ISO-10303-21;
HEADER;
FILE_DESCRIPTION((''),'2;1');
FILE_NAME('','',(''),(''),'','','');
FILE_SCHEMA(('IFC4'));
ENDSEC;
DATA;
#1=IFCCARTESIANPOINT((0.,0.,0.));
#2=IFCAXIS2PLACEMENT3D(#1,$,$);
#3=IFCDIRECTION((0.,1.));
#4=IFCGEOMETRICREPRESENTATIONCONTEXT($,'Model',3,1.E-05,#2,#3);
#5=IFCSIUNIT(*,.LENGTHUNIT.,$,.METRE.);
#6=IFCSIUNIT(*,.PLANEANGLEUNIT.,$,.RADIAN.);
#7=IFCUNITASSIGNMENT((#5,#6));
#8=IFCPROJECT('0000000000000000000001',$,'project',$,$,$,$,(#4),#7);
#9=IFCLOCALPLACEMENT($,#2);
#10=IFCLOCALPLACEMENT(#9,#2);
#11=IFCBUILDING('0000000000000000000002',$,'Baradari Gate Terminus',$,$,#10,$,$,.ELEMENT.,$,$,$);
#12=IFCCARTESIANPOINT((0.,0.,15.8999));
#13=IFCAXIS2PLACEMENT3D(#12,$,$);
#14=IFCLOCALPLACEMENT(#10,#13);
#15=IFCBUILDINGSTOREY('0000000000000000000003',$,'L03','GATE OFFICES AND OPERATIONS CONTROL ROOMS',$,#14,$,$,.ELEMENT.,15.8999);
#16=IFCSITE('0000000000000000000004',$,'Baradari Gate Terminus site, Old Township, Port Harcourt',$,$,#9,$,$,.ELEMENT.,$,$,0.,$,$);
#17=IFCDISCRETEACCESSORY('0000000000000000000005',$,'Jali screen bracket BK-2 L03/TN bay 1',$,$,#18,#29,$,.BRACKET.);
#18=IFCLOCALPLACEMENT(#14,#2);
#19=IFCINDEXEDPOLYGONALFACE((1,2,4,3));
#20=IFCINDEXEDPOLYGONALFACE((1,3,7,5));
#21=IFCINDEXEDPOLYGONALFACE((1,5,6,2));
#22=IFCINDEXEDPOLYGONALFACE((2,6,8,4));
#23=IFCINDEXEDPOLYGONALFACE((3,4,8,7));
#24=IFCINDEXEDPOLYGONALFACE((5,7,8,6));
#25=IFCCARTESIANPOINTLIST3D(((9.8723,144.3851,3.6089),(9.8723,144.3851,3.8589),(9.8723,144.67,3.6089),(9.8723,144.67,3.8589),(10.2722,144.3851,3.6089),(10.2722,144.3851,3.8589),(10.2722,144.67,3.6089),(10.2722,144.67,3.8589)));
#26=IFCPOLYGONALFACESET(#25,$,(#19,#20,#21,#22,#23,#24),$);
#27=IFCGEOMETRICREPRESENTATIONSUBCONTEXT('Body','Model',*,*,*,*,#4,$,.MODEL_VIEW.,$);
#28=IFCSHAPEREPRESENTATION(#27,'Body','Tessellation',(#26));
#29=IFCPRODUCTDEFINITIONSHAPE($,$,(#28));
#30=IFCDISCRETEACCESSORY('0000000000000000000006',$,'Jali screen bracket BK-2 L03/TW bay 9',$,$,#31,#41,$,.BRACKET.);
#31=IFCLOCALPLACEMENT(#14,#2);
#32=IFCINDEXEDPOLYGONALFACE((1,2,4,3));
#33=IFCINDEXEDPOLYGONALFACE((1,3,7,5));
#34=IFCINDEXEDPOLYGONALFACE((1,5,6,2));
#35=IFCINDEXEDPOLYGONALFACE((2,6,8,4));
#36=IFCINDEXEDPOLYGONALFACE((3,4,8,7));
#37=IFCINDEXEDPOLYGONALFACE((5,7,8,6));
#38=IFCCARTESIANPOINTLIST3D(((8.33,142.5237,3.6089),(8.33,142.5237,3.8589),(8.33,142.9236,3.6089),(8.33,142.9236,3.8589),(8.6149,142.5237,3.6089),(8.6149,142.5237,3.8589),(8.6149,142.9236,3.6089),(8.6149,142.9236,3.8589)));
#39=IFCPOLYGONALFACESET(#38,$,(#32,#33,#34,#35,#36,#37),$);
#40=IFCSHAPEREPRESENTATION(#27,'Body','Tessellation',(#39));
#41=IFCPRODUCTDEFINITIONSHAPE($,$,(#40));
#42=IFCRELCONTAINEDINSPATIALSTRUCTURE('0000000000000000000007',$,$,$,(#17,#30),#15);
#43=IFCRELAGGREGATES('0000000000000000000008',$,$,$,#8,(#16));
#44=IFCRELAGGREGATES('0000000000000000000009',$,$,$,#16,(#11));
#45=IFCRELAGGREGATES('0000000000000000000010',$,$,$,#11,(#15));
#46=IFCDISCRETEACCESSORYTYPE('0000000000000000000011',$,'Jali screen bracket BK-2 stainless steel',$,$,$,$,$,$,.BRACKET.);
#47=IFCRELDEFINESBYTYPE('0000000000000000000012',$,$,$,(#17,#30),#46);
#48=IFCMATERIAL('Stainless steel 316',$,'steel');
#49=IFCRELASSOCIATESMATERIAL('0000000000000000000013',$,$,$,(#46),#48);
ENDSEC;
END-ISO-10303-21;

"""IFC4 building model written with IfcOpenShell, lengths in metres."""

from ifc_helpers import new_model, si_unit, direction, frame, origin, origin_2d, place, context, subcontext, project, spatial, rectangle, extrude, material, type_object, element, save


model = new_model("IFC4")

# Units and contexts
model_context = context("Model", 3, precision=1e-05, world=origin(), true_north=direction((0.0, 1.0)))
body_context = subcontext(model_context, "Body", "Model", "MODEL_VIEW")
ifc_project = project(units=[si_unit("LENGTHUNIT", "METRE"), si_unit("PLANEANGLEUNIT", "RADIAN")], contexts=[model_context])

# Site, building, storey
site_placement = place(None, origin())
site = spatial("IfcSite", under=ifc_project, at=site_placement, Name="Baradari Gate Terminus site, Old Township, Port Harcourt", CompositionType="ELEMENT", RefElevation=0.0)
building_placement = place(site_placement, origin())
building = spatial("IfcBuilding", under=site, at=building_placement, Name="Baradari Gate Terminus", CompositionType="ELEMENT")
storey_placement = place(building_placement, frame((0.0, 0.0, 15.8999)))
storey = spatial("IfcBuildingStorey", under=building, at=storey_placement, Name="L03", Description="GATE OFFICES AND OPERATIONS CONTROL ROOMS", CompositionType="ELEMENT", Elevation=15.8999)

# Discrete accessories
ifc_material_1 = material(Name="Stainless steel 316", Category="steel")
discrete_accessory_type_1 = type_object("IfcDiscreteAccessoryType", Name="Jali screen bracket BK-2 stainless steel", PredefinedType="BRACKET", material=ifc_material_1)
for number, where, z_axis, x_axis, name in (
    (1, (10.0723, 144.5276, 3.6089), (0.0, 0.0, 1.0), (0.0, 1.0, 0.0), "Jali screen bracket BK-2 L03/TN bay 1"),
    (2, (8.4724, 142.7236, 3.6089), (0.0, 0.0, 1.0), (-1.0, 0.0, 0.0), "Jali screen bracket BK-2 L03/TW bay 9"),
):
    element("IfcDiscreteAccessory", number, at=place(storey_placement, frame(where, z_axis=z_axis, x_axis=x_axis)), inside=storey, type_object=discrete_accessory_type_1, Name=name, PredefinedType="BRACKET", context=body_context, shape_type="SweptSolid", body=[
        extrude(rectangle(XDim=0.2849, YDim=0.3999, at=origin_2d()), origin(), (0.0, 0.0, 1.0), 0.25),
    ])

save(model, "model.ifc")
